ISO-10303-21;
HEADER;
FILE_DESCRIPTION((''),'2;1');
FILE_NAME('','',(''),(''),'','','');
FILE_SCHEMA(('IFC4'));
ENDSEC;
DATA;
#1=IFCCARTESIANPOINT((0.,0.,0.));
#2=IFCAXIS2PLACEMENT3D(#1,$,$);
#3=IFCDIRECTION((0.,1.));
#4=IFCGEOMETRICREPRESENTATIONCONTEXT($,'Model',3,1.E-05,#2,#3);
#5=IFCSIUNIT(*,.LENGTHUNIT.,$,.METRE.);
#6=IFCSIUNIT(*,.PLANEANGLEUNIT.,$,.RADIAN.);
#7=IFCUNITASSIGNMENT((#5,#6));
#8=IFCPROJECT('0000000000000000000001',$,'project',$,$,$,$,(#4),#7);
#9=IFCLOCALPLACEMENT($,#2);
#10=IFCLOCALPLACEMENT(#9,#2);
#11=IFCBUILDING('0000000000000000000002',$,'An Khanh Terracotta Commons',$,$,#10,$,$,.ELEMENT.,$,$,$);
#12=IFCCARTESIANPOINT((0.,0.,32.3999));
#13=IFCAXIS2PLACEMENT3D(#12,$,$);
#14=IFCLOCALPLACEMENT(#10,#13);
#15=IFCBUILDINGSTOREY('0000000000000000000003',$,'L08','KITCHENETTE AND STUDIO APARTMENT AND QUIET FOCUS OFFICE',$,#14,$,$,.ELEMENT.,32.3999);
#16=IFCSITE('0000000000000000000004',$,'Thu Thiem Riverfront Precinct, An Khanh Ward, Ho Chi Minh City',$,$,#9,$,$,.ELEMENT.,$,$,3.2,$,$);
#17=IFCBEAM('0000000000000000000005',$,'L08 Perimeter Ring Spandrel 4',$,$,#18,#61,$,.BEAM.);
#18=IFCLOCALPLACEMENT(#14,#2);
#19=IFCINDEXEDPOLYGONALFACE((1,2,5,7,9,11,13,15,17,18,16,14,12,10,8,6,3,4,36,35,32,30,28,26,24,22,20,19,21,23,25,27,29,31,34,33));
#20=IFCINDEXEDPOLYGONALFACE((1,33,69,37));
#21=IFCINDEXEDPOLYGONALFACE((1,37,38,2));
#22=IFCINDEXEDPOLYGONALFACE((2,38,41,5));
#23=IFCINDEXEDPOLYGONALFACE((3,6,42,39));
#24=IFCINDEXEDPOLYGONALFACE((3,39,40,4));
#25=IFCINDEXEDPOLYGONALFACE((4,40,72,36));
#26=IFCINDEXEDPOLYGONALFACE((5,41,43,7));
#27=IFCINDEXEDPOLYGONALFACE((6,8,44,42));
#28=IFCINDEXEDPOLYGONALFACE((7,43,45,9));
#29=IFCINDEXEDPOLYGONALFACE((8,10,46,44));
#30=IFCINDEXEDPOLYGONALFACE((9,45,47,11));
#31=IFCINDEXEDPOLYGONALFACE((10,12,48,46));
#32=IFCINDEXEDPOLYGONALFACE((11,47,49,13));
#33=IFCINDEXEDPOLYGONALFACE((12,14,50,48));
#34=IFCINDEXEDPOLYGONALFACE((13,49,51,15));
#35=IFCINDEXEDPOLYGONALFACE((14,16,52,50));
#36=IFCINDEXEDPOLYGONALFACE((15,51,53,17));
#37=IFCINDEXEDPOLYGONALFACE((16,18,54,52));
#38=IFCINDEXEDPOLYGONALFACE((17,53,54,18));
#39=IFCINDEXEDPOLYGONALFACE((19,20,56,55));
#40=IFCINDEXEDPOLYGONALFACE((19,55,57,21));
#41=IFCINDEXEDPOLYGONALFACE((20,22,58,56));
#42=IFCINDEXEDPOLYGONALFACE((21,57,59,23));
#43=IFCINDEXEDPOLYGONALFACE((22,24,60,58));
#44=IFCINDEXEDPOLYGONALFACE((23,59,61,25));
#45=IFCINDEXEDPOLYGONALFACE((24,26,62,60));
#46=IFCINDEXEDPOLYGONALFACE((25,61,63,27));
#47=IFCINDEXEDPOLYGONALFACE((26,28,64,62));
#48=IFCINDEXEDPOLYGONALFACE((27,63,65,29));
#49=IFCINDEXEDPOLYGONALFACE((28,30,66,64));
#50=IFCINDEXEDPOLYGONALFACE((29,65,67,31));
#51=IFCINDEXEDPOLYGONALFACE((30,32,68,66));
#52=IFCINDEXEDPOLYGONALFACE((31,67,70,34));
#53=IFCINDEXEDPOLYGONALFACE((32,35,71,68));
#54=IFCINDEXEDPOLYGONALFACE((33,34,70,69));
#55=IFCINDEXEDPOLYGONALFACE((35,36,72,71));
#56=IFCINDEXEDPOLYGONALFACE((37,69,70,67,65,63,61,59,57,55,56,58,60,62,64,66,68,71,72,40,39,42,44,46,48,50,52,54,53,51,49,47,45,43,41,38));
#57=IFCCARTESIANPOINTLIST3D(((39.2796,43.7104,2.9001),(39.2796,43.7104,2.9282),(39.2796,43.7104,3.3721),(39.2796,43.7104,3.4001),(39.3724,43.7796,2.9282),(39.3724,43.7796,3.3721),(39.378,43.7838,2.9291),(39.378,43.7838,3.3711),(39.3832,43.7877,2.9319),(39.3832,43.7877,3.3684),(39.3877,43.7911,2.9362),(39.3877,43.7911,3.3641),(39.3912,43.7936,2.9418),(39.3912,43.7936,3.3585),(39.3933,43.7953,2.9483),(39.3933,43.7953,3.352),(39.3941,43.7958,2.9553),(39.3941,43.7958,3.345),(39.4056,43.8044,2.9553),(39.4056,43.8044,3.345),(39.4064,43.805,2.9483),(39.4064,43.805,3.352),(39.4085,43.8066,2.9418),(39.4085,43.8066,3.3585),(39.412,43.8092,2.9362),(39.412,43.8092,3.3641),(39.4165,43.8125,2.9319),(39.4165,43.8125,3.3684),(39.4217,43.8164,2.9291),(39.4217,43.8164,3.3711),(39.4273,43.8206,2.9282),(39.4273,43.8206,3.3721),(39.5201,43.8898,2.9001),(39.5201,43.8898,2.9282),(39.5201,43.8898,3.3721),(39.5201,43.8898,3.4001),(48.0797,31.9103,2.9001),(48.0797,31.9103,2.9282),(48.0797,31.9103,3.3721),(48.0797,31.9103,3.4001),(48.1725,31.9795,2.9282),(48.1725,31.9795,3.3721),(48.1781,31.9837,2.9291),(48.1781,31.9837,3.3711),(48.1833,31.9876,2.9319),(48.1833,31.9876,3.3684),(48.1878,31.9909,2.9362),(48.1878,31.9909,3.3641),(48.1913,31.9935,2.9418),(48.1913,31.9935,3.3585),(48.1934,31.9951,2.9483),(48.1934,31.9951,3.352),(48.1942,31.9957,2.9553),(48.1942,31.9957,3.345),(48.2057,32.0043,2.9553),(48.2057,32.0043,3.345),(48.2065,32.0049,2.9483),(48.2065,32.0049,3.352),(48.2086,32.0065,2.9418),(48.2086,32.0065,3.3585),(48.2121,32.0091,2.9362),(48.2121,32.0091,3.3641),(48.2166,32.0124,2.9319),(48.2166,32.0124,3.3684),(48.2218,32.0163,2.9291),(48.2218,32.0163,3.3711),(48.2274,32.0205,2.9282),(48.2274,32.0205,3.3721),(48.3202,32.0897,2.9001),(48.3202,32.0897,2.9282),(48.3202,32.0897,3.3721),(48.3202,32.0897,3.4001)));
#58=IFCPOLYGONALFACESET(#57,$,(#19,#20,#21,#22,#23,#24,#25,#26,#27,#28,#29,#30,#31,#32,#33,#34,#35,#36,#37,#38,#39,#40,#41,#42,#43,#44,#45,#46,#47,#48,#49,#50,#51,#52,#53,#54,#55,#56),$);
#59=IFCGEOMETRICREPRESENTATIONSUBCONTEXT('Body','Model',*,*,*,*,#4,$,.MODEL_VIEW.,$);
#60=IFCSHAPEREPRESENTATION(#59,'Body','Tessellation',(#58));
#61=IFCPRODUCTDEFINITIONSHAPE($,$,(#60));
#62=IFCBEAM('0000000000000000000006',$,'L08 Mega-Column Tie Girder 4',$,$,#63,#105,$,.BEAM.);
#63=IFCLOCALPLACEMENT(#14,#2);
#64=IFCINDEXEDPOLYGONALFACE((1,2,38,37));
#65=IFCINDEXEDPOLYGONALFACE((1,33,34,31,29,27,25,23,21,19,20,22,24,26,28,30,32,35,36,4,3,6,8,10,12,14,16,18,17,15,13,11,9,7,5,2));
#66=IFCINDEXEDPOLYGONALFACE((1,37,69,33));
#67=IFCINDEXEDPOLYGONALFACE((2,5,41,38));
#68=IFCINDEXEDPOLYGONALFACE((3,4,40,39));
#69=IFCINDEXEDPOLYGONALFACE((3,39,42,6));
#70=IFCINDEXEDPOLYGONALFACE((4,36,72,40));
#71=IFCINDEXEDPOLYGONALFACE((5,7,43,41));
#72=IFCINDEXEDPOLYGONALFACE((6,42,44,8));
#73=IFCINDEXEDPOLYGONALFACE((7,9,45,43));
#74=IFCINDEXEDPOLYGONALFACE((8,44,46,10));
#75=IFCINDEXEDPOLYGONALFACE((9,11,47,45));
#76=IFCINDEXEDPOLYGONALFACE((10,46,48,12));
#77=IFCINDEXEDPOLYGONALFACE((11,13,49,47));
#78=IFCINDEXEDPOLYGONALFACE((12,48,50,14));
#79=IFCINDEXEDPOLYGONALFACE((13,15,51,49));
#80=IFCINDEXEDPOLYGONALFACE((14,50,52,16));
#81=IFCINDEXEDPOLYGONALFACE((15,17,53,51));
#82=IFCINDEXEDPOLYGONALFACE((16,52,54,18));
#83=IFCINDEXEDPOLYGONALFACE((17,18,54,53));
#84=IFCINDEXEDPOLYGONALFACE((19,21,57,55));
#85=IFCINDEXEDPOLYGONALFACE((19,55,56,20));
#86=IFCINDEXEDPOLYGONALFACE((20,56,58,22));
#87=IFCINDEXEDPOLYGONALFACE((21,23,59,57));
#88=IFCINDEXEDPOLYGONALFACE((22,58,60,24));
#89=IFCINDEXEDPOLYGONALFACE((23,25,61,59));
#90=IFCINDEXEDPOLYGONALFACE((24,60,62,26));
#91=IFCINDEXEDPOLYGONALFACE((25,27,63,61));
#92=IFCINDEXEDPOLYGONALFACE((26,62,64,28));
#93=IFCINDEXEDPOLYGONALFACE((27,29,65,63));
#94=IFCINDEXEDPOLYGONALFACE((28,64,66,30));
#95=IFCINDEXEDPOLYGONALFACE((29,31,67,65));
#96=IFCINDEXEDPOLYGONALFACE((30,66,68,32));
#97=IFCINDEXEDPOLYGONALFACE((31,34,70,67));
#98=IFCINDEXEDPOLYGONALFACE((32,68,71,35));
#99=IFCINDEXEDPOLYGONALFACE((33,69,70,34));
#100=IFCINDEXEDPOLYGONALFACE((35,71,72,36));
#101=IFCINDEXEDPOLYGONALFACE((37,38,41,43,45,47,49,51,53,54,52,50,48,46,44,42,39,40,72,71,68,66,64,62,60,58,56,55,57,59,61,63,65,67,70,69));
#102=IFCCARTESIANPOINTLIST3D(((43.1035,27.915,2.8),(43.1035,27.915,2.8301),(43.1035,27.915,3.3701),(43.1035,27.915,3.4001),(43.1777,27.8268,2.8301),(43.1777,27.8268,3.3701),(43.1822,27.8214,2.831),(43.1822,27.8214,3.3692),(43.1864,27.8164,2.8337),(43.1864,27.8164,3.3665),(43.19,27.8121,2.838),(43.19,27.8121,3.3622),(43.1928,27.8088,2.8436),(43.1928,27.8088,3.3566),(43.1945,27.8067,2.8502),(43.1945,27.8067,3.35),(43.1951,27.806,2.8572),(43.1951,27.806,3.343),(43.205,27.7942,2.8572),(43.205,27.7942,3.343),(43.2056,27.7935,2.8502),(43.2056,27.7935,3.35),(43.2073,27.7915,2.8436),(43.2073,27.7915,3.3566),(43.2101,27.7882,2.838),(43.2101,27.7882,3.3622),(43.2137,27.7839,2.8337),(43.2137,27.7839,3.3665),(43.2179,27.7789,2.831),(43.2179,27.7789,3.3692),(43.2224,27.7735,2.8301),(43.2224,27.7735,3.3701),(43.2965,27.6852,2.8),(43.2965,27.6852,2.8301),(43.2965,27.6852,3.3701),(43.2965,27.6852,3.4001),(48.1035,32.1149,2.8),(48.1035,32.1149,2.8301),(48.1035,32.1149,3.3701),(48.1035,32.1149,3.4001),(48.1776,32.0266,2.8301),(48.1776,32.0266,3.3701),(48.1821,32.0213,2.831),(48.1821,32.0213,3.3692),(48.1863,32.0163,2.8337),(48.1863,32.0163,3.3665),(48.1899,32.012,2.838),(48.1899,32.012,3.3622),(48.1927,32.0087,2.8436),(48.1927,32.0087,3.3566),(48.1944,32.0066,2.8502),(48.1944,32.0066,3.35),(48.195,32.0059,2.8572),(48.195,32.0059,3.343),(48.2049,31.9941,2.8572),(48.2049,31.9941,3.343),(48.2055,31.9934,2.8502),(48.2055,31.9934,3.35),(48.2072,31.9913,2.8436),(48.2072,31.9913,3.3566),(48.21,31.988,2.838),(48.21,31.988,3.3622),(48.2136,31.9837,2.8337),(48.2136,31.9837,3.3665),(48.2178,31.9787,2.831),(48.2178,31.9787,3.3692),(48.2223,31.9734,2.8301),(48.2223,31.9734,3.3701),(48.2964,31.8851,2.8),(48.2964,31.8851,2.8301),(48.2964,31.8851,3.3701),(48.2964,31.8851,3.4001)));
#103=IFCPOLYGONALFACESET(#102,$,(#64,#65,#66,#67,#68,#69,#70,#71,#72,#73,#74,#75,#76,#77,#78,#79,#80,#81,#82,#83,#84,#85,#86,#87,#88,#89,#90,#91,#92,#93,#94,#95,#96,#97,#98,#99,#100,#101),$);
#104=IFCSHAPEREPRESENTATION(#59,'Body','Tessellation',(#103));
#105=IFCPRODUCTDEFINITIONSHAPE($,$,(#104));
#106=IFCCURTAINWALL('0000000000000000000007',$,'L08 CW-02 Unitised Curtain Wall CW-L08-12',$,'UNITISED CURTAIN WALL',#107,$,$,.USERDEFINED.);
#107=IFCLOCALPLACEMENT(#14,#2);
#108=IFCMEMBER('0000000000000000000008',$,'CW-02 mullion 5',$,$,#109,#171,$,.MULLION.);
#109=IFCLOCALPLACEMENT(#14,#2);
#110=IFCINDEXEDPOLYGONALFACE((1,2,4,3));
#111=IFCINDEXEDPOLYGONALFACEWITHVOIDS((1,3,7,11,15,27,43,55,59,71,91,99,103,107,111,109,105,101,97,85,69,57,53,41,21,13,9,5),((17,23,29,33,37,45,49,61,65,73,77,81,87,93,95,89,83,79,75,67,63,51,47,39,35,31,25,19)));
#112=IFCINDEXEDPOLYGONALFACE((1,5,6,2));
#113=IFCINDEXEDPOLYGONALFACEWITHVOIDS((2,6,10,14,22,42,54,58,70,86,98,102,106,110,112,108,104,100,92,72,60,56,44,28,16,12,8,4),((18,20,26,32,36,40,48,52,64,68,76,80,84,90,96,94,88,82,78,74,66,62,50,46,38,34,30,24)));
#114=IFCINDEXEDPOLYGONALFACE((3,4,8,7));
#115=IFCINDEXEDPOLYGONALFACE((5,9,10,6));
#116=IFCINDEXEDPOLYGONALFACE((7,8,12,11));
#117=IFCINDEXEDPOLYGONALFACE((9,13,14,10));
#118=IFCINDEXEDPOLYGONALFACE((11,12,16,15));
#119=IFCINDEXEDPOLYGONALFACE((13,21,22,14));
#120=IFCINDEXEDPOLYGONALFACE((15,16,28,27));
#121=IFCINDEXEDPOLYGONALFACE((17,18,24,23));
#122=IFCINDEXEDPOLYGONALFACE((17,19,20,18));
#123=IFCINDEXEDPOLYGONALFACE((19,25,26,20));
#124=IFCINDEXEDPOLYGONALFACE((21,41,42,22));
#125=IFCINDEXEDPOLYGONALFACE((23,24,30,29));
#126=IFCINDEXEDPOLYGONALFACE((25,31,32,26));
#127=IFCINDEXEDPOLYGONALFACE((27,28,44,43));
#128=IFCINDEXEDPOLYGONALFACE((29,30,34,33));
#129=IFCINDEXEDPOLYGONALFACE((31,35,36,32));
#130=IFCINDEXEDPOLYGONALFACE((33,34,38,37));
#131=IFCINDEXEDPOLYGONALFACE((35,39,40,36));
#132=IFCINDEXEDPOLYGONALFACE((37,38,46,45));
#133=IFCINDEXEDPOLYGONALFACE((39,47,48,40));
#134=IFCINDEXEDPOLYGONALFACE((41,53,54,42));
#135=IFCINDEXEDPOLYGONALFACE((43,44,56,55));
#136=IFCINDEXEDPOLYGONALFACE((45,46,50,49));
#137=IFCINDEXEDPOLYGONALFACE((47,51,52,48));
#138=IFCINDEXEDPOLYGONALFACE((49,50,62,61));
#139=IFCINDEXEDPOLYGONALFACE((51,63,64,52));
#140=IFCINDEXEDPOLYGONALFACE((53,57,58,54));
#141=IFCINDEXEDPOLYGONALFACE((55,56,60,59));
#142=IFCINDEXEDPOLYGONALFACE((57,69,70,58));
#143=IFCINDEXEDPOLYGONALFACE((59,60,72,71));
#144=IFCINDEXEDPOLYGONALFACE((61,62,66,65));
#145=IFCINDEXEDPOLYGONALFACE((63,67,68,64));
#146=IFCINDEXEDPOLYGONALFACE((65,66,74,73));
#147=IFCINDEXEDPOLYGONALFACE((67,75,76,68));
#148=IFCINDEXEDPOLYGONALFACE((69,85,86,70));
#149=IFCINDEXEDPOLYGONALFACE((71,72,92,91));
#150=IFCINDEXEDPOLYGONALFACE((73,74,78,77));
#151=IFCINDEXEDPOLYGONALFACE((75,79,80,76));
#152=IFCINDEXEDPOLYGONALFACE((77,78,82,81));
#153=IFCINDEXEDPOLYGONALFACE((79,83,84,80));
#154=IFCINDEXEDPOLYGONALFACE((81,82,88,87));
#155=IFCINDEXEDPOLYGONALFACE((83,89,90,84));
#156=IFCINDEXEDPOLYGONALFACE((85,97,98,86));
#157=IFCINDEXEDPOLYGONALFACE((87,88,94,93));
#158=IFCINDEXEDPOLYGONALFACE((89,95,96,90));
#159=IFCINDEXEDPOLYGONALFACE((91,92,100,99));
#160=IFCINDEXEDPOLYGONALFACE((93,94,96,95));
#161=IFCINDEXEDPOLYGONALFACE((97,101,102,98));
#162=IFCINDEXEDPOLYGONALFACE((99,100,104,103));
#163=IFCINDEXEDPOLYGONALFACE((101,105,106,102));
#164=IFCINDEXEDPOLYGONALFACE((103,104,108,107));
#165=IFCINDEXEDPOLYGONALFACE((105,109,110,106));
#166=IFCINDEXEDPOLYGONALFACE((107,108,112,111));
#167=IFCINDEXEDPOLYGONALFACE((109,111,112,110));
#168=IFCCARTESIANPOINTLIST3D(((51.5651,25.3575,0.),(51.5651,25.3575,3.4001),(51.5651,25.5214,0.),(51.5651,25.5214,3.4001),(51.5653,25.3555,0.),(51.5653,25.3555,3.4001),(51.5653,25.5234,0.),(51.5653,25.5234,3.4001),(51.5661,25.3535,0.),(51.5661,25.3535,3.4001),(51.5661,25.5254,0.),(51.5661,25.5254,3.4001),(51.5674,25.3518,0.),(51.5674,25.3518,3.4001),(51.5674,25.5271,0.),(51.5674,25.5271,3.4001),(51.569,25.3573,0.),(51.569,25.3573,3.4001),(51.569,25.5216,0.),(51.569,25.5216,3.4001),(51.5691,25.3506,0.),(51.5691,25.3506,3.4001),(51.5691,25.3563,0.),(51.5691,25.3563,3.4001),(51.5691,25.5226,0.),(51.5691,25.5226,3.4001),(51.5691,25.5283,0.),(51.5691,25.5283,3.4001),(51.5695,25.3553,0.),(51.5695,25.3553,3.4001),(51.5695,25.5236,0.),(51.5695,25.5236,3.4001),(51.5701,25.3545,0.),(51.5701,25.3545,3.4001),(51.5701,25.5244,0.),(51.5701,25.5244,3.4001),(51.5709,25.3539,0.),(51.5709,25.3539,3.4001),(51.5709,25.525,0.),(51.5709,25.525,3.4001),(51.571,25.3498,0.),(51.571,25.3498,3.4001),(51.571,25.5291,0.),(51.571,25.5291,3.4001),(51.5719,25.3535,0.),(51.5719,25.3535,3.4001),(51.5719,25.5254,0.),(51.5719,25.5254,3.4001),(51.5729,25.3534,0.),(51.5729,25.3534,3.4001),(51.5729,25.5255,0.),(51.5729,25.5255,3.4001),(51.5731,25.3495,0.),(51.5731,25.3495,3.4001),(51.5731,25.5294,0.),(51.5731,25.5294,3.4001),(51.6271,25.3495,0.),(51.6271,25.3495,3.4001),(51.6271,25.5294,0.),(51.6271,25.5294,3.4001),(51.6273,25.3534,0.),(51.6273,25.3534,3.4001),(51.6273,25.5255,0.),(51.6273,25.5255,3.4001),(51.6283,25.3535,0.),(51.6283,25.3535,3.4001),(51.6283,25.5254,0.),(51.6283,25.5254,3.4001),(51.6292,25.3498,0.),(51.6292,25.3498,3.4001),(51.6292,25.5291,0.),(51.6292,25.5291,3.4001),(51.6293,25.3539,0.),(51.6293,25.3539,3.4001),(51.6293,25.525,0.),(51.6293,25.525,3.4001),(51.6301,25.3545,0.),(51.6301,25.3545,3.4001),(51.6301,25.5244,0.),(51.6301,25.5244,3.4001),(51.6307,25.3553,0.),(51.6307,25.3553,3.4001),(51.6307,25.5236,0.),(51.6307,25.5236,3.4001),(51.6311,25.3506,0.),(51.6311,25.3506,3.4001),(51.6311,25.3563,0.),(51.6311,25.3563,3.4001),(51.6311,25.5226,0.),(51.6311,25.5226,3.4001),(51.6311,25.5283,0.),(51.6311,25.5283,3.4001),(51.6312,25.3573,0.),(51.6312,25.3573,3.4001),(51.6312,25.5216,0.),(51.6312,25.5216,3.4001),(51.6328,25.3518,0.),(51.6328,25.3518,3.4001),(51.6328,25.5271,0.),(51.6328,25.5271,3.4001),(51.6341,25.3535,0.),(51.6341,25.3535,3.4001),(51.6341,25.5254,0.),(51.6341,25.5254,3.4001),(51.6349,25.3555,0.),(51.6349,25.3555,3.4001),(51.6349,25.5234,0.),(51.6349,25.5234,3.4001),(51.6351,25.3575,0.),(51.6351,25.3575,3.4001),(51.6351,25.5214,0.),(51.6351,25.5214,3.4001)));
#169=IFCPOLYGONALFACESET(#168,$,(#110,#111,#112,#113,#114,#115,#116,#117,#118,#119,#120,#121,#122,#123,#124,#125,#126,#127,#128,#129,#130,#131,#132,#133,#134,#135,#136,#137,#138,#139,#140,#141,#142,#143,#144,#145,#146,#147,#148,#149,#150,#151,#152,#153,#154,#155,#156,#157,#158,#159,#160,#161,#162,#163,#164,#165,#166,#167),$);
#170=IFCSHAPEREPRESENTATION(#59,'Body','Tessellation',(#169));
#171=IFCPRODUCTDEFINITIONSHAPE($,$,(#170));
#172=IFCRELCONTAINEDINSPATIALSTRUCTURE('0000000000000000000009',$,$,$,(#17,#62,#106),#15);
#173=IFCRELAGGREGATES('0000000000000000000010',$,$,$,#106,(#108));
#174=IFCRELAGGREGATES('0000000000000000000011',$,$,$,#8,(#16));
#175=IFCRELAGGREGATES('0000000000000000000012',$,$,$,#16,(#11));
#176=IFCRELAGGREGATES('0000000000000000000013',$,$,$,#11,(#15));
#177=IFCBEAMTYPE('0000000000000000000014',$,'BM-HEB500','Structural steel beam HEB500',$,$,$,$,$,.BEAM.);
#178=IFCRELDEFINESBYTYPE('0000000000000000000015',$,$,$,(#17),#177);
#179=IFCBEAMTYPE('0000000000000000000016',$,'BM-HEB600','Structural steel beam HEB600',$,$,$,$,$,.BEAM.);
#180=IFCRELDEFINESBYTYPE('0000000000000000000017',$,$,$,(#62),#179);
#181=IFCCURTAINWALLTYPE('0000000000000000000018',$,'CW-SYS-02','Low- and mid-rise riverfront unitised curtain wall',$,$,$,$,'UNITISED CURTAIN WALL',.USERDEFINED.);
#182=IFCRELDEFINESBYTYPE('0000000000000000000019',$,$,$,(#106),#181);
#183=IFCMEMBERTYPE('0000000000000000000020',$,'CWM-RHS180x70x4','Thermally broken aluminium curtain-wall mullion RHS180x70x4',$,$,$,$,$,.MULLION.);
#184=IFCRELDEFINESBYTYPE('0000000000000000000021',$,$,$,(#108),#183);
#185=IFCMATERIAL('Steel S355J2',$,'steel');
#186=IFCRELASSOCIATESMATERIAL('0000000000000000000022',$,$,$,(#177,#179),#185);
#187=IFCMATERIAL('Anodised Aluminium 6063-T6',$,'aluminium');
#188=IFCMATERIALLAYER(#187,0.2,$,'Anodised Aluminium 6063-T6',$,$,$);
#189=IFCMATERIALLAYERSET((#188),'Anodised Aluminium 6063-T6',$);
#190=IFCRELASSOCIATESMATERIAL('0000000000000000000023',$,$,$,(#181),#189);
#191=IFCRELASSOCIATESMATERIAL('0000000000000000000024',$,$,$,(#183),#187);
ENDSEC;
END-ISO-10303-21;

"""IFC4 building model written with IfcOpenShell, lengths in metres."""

from ifc_helpers import new_model, si_unit, direction, frame, origin, origin_2d, place, context, subcontext, project, spatial, hollow_rectangle, i_section, extrude, material, layer, layer_set, material_profile, profile_set, type_object, element, aggregate, save


model = new_model("IFC4")

# Units and contexts
model_context = context("Model", 3, precision=1e-05, world=origin(), true_north=direction((0.0, 1.0)))
body_context = subcontext(model_context, "Body", "Model", "MODEL_VIEW")
ifc_project = project(units=[si_unit("LENGTHUNIT", "METRE"), si_unit("PLANEANGLEUNIT", "RADIAN")], contexts=[model_context])

# Site, building, storey
site_placement = place(None, origin())
site = spatial("IfcSite", under=ifc_project, at=site_placement, Name="Thu Thiem Riverfront Precinct, An Khanh Ward, Ho Chi Minh City", CompositionType="ELEMENT", RefElevation=3.2)
building_placement = place(site_placement, origin())
building = spatial("IfcBuilding", under=site, at=building_placement, Name="An Khanh Terracotta Commons", CompositionType="ELEMENT")
storey_placement = place(building_placement, frame((0.0, 0.0, 32.3999)))
storey = spatial("IfcBuildingStorey", under=building, at=storey_placement, Name="L08", Description="KITCHENETTE AND STUDIO APARTMENT AND QUIET FOCUS OFFICE", CompositionType="ELEMENT", Elevation=32.3999)

# Beams
ifc_material_1 = material(Name="Steel S355J2", Category="steel")
ifc_material_profile_1 = material_profile(ifc_material_1, i_section(OverallWidth=0.3, OverallDepth=0.5, WebThickness=0.0144, FlangeThickness=0.0281, FilletRadius=0.0271, at=origin_2d()), Name="HEB500")
ifc_profile_set_1 = profile_set([ifc_material_profile_1], Name="Steel S355J2")
beam_type_1 = type_object("IfcBeamType", Name="BM-HEB500", Description="Structural steel beam HEB500", PredefinedType="BEAM", material=ifc_profile_set_1)
beam_1_placement = place(storey_placement, frame((48.2, 32.0, 3.1501), z_axis=(-0.597824, 0.801627, 0.0), x_axis=(-0.801627, -0.597824, 0.0)))
element("IfcBeam", 1, at=beam_1_placement, inside=storey, type_object=beam_type_1, Name="L08 Perimeter Ring Spandrel 4", PredefinedType="BEAM", context=body_context, shape_type="SweptSolid", body=[
    extrude(i_section(OverallWidth=0.3, OverallDepth=0.5, WebThickness=0.0144, FlangeThickness=0.0281, FilletRadius=0.0271, at=origin_2d()), origin(), (0.0, 0.0, 1.0), 14.7202),
])
ifc_material_profile_2 = material_profile(ifc_material_1, i_section(OverallWidth=0.3, OverallDepth=0.6001, WebThickness=0.0154, FlangeThickness=0.03, FilletRadius=0.0271, at=origin_2d()), Name="HEB600")
ifc_profile_set_2 = profile_set([ifc_material_profile_2], Name="Steel S355J2")
beam_type_2 = type_object("IfcBeamType", Name="BM-HEB600", Description="Structural steel beam HEB600", PredefinedType="BEAM", material=ifc_profile_set_2)
beam_2_placement = place(storey_placement, frame((48.2, 32.0, 3.1001), z_axis=(-0.765709, -0.643188, 0.0), x_axis=(0.643188, -0.765709, 0.0)))
element("IfcBeam", 2, at=beam_2_placement, inside=storey, type_object=beam_type_2, Name="L08 Mega-Column Tie Girder 4", PredefinedType="BEAM", context=body_context, shape_type="SweptSolid", body=[
    extrude(i_section(OverallWidth=0.3, OverallDepth=0.6001, WebThickness=0.0154, FlangeThickness=0.03, FilletRadius=0.0271, at=origin_2d()), origin(), (0.0, 0.0, 1.0), 6.5298),
])

# Curtain wall, member
ifc_material_2 = material(Name="Anodised Aluminium 6063-T6", Category="aluminium")
ifc_layer_1 = layer(ifc_material_2, 0.2, Name="Anodised Aluminium 6063-T6")
ifc_layer_set_1 = layer_set([ifc_layer_1], Name="Anodised Aluminium 6063-T6")
curtain_wall_type = type_object("IfcCurtainWallType", Name="CW-SYS-02", Description="Low- and mid-rise riverfront unitised curtain wall", ElementType="UNITISED CURTAIN WALL", PredefinedType="USERDEFINED", material=ifc_layer_set_1)
curtain_wall_placement = place(storey_placement, origin())
curtain_wall = element("IfcCurtainWall", 3, at=curtain_wall_placement, inside=storey, type_object=curtain_wall_type, Name="L08 CW-02 Unitised Curtain Wall CW-L08-12", ObjectType="UNITISED CURTAIN WALL", PredefinedType="USERDEFINED")
ifc_material_profile_3 = material_profile(ifc_material_2, hollow_rectangle(XDim=0.0701, YDim=0.1799, WallThickness=0.0039, InnerFilletRadius=0.0039, OuterFilletRadius=0.0081, at=origin_2d()), Name="RHS180x70x4")
ifc_profile_set_3 = profile_set([ifc_material_profile_3], Name="Anodised Aluminium 6063-T6")
member_type_1 = type_object("IfcMemberType", Name="CWM-RHS180x70x4", Description="Thermally broken aluminium curtain-wall mullion RHS180x70x4", PredefinedType="MULLION", material=ifc_profile_set_3)
member_1_placement = place(storey_placement, frame((51.6001, 25.4395, 0.0), z_axis=(0.0, 0.0, 1.0), x_axis=(-1.0, 0.0, 0.0)))
member_1 = element("IfcMember", 4, at=member_1_placement, type_object=member_type_1, Name="CW-02 mullion 5", PredefinedType="MULLION", context=body_context, shape_type="SweptSolid", body=[
    extrude(hollow_rectangle(XDim=0.0701, YDim=0.1799, WallThickness=0.0039, InnerFilletRadius=0.0039, OuterFilletRadius=0.0081, at=origin_2d()), origin(), (0.0, 0.0, 1.0), 3.4001),
])
aggregate(curtain_wall, [member_1])

save(model, "model.ifc")
